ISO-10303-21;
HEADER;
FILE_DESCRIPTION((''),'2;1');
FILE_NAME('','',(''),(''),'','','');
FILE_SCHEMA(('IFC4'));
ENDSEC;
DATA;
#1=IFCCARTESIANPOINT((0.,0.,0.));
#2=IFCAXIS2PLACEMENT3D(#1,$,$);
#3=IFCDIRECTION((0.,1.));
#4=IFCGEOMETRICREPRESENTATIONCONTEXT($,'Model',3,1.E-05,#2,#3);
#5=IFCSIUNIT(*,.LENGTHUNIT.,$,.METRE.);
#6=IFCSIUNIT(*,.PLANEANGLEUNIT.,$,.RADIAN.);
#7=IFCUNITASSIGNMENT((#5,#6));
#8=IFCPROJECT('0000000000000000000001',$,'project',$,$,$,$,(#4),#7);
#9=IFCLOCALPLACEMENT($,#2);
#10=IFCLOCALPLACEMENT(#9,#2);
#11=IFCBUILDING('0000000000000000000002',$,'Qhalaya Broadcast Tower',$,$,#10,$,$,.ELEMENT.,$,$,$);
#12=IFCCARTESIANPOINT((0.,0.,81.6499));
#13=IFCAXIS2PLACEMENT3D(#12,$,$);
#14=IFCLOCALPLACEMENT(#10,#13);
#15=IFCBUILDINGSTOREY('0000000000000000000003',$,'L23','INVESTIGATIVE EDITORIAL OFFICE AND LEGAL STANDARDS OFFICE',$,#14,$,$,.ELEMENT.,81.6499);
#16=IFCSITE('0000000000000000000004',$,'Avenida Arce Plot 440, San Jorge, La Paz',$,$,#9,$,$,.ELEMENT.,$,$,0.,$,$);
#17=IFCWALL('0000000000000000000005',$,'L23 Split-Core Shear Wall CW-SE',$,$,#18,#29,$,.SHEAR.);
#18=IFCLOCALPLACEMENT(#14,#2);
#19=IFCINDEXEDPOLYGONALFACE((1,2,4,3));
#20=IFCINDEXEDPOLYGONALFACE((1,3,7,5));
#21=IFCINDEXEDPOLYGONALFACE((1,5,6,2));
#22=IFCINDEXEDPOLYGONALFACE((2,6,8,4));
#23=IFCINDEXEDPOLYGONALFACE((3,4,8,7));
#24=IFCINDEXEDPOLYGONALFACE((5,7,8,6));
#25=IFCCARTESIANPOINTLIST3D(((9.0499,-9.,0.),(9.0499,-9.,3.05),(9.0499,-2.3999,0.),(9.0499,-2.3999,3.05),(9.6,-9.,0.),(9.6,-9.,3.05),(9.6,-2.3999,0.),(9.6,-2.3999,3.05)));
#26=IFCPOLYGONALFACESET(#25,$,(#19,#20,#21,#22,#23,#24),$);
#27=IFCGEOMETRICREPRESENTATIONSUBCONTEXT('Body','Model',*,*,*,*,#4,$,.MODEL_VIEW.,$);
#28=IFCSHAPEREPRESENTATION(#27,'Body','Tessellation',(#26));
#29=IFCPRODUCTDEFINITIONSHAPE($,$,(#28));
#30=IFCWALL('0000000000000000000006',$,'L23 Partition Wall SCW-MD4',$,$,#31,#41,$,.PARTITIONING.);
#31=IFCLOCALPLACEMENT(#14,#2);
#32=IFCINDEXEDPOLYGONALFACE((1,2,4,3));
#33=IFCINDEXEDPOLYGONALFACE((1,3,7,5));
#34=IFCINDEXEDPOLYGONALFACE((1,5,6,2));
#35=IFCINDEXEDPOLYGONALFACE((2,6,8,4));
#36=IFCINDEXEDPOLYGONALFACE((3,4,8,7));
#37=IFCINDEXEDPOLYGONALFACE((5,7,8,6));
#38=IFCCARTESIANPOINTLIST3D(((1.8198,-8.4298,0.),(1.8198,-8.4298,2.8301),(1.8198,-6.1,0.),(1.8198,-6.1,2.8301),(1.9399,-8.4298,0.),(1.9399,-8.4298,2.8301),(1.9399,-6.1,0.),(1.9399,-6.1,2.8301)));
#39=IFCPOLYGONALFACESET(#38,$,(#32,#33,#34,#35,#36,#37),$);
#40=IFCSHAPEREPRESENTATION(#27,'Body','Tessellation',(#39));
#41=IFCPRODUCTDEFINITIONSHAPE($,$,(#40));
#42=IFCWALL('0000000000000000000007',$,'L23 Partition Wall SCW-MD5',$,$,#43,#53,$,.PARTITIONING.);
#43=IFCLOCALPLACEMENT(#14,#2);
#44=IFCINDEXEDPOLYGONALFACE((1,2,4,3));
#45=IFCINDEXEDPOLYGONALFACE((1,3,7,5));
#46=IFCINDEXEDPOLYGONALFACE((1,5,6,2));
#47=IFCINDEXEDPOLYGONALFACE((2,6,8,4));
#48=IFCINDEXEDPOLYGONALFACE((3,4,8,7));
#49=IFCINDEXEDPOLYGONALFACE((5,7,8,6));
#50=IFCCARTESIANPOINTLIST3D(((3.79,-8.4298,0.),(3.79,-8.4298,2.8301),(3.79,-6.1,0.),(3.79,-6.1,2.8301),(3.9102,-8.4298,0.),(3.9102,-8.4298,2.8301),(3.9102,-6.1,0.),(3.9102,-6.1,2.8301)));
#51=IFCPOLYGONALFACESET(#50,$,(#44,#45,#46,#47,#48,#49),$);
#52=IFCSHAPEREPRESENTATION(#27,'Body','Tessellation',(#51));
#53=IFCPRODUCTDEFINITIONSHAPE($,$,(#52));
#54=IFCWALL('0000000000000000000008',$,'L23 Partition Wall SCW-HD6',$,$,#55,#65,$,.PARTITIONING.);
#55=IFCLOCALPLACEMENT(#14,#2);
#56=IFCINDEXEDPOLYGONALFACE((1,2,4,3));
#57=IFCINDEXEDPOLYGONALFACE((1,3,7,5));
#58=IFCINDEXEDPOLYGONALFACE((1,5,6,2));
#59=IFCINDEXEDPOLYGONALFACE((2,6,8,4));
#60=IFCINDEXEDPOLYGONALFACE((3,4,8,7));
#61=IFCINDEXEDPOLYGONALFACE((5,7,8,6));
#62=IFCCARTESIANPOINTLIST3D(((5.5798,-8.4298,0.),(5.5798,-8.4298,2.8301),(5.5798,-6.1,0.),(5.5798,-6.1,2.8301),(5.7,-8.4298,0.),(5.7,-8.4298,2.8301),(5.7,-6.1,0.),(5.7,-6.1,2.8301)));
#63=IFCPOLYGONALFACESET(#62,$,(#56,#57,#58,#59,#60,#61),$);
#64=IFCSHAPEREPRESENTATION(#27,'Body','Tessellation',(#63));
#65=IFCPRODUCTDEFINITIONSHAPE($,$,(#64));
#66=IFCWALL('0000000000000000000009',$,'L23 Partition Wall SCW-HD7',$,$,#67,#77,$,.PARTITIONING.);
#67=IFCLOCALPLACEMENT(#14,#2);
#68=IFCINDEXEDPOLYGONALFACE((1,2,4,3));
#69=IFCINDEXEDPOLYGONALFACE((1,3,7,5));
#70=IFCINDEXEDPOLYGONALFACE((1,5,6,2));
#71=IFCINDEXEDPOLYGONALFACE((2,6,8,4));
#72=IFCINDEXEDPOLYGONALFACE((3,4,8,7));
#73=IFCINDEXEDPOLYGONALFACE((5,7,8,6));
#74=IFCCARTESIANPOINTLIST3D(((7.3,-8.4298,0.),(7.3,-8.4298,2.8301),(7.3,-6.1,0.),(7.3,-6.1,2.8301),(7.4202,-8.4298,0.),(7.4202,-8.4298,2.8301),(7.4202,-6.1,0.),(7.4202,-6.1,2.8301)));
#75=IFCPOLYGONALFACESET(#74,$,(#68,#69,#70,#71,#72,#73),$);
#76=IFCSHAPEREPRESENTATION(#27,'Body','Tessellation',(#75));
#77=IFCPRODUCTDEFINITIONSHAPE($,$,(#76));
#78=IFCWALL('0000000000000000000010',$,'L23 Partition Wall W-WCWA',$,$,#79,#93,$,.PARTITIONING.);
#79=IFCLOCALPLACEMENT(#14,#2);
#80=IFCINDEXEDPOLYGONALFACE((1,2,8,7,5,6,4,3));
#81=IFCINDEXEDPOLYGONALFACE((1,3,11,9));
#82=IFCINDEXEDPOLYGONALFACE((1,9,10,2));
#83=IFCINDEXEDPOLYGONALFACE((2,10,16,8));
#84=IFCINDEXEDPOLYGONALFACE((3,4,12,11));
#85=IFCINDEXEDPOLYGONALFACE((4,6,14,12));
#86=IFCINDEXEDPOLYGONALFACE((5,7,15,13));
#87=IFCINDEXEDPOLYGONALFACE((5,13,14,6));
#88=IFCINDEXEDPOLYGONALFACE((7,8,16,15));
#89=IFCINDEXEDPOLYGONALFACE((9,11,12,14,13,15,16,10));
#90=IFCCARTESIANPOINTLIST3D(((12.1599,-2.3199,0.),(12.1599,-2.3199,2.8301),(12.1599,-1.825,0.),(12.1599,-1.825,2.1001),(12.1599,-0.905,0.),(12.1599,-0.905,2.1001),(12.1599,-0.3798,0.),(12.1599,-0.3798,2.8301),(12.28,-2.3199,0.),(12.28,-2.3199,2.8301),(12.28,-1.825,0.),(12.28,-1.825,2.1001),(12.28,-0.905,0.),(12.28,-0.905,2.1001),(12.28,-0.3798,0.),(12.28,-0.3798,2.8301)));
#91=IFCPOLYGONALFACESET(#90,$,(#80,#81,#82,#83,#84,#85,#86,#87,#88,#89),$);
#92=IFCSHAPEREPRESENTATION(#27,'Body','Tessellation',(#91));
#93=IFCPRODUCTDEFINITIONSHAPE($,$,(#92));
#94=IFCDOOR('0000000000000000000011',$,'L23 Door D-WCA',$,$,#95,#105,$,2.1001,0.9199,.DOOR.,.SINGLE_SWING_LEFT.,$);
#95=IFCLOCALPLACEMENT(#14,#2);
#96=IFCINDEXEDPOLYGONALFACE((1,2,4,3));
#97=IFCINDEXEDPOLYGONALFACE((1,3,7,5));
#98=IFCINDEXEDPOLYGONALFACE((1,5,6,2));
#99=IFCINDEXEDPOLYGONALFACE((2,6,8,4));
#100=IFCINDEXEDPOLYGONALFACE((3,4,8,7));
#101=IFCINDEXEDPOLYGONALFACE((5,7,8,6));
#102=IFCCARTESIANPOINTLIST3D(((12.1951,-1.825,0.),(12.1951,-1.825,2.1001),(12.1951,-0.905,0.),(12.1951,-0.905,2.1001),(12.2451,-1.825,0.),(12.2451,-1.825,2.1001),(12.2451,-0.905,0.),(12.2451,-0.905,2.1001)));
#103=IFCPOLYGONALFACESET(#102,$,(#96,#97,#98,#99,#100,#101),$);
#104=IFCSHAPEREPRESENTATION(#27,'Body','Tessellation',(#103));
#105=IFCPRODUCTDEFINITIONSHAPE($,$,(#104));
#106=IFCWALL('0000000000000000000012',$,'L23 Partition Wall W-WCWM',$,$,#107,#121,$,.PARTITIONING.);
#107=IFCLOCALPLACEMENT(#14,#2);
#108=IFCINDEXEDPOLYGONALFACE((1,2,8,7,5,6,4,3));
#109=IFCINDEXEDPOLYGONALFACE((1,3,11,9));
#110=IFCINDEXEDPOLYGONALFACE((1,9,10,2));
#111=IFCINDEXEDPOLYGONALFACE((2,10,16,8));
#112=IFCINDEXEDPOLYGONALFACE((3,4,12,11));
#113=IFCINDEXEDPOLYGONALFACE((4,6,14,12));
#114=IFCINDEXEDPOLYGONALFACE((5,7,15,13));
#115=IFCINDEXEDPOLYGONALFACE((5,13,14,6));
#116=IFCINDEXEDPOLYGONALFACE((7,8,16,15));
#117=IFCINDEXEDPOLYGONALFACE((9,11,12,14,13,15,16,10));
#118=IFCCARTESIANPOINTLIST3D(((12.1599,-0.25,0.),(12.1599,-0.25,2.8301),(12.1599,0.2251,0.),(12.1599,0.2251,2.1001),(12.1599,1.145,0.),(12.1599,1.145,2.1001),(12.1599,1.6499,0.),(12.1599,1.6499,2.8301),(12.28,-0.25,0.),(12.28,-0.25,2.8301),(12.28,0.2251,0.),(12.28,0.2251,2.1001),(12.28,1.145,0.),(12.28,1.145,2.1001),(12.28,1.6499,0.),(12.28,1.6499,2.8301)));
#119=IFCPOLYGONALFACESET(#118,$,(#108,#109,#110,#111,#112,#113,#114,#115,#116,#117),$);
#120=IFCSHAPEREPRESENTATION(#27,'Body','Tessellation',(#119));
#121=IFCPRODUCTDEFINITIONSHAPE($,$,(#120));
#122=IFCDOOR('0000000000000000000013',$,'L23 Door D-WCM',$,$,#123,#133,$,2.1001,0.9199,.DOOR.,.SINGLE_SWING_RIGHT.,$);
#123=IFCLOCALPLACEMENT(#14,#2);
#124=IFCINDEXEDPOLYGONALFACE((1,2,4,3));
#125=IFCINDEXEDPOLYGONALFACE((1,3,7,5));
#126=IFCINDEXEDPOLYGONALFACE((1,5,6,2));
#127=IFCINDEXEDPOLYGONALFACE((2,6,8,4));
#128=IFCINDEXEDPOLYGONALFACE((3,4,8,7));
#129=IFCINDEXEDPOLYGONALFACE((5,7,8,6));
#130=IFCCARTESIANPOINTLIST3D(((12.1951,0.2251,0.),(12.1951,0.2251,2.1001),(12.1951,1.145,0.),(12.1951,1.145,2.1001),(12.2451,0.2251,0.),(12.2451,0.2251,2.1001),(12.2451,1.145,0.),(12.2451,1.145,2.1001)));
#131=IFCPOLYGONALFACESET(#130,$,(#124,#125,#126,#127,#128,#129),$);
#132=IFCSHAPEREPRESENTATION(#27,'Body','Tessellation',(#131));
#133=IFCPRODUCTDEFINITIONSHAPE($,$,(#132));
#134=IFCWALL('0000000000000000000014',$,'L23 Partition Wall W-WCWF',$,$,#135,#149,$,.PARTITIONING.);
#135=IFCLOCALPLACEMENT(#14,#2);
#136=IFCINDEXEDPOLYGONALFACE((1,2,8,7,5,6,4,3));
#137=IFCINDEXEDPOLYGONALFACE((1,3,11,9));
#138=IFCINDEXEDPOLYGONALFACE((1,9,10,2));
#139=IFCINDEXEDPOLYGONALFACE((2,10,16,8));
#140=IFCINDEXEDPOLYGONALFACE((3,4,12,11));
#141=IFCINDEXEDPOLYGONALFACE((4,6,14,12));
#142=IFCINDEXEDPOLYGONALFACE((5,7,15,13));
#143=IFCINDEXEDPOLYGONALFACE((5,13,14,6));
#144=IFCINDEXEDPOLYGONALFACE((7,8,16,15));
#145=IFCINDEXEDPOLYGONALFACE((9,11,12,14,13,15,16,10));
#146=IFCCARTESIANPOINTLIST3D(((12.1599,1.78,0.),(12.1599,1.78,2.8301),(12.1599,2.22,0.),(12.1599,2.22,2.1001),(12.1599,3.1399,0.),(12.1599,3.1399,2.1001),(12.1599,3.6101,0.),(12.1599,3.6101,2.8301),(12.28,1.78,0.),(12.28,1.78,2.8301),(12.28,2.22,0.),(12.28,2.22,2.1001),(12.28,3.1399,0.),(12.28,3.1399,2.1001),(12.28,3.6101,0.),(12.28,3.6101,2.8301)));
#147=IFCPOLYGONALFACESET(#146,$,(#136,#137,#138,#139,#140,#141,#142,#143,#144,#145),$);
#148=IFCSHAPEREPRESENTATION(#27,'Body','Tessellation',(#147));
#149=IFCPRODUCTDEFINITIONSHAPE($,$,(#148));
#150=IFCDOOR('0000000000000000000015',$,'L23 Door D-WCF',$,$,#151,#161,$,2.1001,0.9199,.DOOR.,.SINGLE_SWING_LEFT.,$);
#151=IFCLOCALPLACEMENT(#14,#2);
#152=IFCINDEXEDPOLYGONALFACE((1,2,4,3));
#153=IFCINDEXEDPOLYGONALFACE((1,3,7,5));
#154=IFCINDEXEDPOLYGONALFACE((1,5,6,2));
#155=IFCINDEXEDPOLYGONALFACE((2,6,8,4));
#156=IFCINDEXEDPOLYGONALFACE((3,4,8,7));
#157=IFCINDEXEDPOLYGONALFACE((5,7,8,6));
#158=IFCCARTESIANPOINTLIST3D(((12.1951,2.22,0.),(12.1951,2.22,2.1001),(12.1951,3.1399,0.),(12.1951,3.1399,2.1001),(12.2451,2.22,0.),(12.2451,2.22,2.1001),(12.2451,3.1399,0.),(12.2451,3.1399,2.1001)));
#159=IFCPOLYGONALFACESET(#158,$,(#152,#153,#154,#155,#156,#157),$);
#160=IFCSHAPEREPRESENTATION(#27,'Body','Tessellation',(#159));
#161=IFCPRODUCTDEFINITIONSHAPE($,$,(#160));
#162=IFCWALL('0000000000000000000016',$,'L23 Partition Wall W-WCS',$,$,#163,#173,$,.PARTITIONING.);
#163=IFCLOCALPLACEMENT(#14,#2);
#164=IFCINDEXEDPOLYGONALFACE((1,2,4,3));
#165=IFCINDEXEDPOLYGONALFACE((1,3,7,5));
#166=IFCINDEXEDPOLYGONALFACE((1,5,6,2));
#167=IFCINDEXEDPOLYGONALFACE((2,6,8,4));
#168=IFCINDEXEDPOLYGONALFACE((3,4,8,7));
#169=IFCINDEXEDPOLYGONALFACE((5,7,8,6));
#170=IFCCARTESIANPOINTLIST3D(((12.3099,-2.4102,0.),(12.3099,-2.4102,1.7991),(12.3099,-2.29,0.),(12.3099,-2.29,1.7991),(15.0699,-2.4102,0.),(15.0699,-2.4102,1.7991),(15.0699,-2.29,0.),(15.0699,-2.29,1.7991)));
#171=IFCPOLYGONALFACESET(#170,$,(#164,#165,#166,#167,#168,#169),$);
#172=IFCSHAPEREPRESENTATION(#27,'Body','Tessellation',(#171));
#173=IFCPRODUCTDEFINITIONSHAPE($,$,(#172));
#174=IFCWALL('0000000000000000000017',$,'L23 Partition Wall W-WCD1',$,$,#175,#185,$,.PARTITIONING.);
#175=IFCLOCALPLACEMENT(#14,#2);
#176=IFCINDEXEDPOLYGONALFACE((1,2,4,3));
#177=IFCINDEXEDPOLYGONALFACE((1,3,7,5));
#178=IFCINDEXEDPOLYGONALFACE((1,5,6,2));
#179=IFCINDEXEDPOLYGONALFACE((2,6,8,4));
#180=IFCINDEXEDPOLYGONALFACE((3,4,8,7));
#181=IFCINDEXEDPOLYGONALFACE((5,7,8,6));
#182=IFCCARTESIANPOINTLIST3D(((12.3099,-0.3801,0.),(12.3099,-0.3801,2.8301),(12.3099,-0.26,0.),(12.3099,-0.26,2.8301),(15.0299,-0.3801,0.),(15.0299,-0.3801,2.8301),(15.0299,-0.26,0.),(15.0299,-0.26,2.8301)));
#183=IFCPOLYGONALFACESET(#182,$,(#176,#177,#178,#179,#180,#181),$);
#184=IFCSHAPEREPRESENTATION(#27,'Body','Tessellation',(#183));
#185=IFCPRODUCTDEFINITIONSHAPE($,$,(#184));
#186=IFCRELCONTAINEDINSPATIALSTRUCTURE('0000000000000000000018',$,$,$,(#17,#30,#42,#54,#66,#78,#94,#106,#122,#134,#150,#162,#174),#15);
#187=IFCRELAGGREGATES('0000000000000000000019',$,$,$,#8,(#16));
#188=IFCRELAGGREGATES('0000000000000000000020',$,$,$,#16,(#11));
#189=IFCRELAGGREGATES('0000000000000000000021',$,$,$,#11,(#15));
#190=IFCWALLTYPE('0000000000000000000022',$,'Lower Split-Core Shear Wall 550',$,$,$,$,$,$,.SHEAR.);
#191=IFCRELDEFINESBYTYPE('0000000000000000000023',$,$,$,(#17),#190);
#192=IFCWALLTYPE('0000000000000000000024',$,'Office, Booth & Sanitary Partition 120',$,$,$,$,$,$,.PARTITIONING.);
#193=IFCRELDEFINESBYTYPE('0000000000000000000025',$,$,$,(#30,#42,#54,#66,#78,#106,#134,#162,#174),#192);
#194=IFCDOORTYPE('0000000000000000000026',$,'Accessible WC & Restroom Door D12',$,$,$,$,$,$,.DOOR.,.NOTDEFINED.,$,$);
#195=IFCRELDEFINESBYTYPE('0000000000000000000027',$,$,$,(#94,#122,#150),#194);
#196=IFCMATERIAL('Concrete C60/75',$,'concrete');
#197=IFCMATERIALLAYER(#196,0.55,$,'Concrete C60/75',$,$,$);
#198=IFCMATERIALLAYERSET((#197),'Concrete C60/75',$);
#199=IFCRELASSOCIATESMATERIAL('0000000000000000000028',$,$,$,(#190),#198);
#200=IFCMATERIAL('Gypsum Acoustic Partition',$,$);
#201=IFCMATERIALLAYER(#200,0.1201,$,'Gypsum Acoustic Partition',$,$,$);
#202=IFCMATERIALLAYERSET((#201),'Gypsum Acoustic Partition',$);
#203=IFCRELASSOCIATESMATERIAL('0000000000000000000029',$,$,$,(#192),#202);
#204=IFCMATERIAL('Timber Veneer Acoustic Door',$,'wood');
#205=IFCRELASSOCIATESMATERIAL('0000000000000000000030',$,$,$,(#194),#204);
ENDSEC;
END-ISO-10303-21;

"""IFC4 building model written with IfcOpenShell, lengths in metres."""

from ifc_helpers import new_model, si_unit, direction, frame, frame_2d, origin, place, context, subcontext, project, spatial, rectangle, extrude, material, layer, layer_set, type_object, element, fill, save


model = new_model("IFC4")

# Units and contexts
model_context = context("Model", 3, precision=1e-05, world=origin(), true_north=direction((0.0, 1.0)))
body_context = subcontext(model_context, "Body", "Model", "MODEL_VIEW")
ifc_project = project(units=[si_unit("LENGTHUNIT", "METRE"), si_unit("PLANEANGLEUNIT", "RADIAN")], contexts=[model_context])

# Site, building, storey
site_placement = place(None, origin())
site = spatial("IfcSite", under=ifc_project, at=site_placement, Name="Avenida Arce Plot 440, San Jorge, La Paz", CompositionType="ELEMENT", RefElevation=0.0)
building_placement = place(site_placement, origin())
building = spatial("IfcBuilding", under=site, at=building_placement, Name="Qhalaya Broadcast Tower", CompositionType="ELEMENT")
storey_placement = place(building_placement, frame((0.0, 0.0, 81.6499)))
storey = spatial("IfcBuildingStorey", under=building, at=storey_placement, Name="L23", Description="INVESTIGATIVE EDITORIAL OFFICE AND LEGAL STANDARDS OFFICE", CompositionType="ELEMENT", Elevation=81.6499)

# Shared definitions
ifc_material_1 = material(Name="Gypsum Acoustic Partition")
ifc_material_2 = material(Name="Timber Veneer Acoustic Door", Category="wood")

# Walls
ifc_material_3 = material(Name="Concrete C60/75", Category="concrete")
ifc_layer_1 = layer(ifc_material_3, 0.55, Name="Concrete C60/75")
ifc_layer_set_1 = layer_set([ifc_layer_1], Name="Concrete C60/75")
wall_type_1 = type_object("IfcWallType", Name="Lower Split-Core Shear Wall 550", PredefinedType="SHEAR", material=ifc_layer_set_1)
wall_1_placement = place(storey_placement, frame((9.325, -9.0, 0.0), z_axis=(0.0, 0.0, 1.0), x_axis=(0.0, 1.0, 0.0)))
element("IfcWall", 1, at=wall_1_placement, inside=storey, type_object=wall_type_1, Name="L23 Split-Core Shear Wall CW-SE", PredefinedType="SHEAR", context=body_context, shape_type="SweptSolid", body=[
    extrude(rectangle(XDim=6.6001, YDim=0.55, at=frame_2d((3.3, 0.0))), origin(), (0.0, 0.0, 1.0), 3.05),
])
ifc_layer_2 = layer(ifc_material_1, 0.1201, Name="Gypsum Acoustic Partition")
ifc_layer_set_2 = layer_set([ifc_layer_2], Name="Gypsum Acoustic Partition")
wall_type_2 = type_object("IfcWallType", Name="Office, Booth & Sanitary Partition 120", PredefinedType="PARTITIONING", material=ifc_layer_set_2)
for number, where, z_axis, x_axis, name in (
    (2, (1.8799, -8.4299, 0.0), (0.0, 0.0, 1.0), (0.0, 1.0, 0.0), "L23 Partition Wall SCW-MD4"),
    (3, (3.8501, -8.4299, 0.0), (0.0, 0.0, 1.0), (0.0, 1.0, 0.0), "L23 Partition Wall SCW-MD5"),
    (4, (5.6399, -8.4299, 0.0), (0.0, 0.0, 1.0), (0.0, 1.0, 0.0), "L23 Partition Wall SCW-HD6"),
    (5, (7.3601, -8.4299, 0.0), (0.0, 0.0, 1.0), (0.0, 1.0, 0.0), "L23 Partition Wall SCW-HD7"),
):
    element("IfcWall", number, at=place(storey_placement, frame(where, z_axis=z_axis, x_axis=x_axis)), inside=storey, type_object=wall_type_2, Name=name, PredefinedType="PARTITIONING", context=body_context, shape_type="SweptSolid", body=[
        extrude(rectangle(XDim=2.3298, YDim=0.1201, at=frame_2d((1.165, 0.0))), origin(), (0.0, 0.0, 1.0), 2.8301),
    ])

# Walls, openings, doors
wall_2_placement = place(storey_placement, frame((12.22, -2.3201, 0.0), z_axis=(0.0, 0.0, 1.0), x_axis=(0.0, 1.0, 0.0)))
wall_2 = element("IfcWall", 6, at=wall_2_placement, inside=storey, type_object=wall_type_2, Name="L23 Partition Wall W-WCWA", PredefinedType="PARTITIONING", context=body_context, shape_type="SweptSolid", body=[
    extrude(rectangle(XDim=1.9402, YDim=0.1201, at=frame_2d((0.9702, 0.0))), origin(), (0.0, 0.0, 1.0), 2.8301),
])
opening_1_placement = place(wall_2_placement, frame((0.4951, 0.0, 0.0)))
opening_1 = element("IfcOpeningElement", 7, at=opening_1_placement, cuts=wall_2, PredefinedType="OPENING", context=body_context, shape_type="SweptSolid", body=[
    extrude(rectangle(XDim=0.9199, YDim=2.1001, at=frame_2d((0.46, 1.05))), frame((0.0, 0.072, 0.0), z_axis=(0.0, -1.0, 0.0), x_axis=(1.0, 0.0, 0.0)), (0.0, 0.0, 1.0), 0.144),
])
door_type_1 = type_object("IfcDoorType", Name="Accessible WC & Restroom Door D12", OperationType="NOTDEFINED", PredefinedType="DOOR", material=ifc_material_2)
door_1_placement = place(opening_1_placement, origin())
door_1 = element("IfcDoor", 8, at=door_1_placement, inside=storey, type_object=door_type_1, Name="L23 Door D-WCA", OperationType="SINGLE_SWING_LEFT", OverallHeight=2.1001, OverallWidth=0.9199, PredefinedType="DOOR", context=body_context, shape_type="SweptSolid", body=[
    extrude(rectangle(XDim=0.9199, YDim=2.1001, at=frame_2d((0.46, 1.05))), frame((0.0, 0.0249, 0.0), z_axis=(0.0, -1.0, 0.0), x_axis=(1.0, 0.0, 0.0)), (0.0, 0.0, 1.0), 0.05),
])
fill(opening_1, door_1)
wall_3_placement = place(storey_placement, frame((12.22, -0.25, 0.0), z_axis=(0.0, 0.0, 1.0), x_axis=(0.0, 1.0, 0.0)))
wall_3 = element("IfcWall", 9, at=wall_3_placement, inside=storey, type_object=wall_type_2, Name="L23 Partition Wall W-WCWM", PredefinedType="PARTITIONING", context=body_context, shape_type="SweptSolid", body=[
    extrude(rectangle(XDim=1.8999, YDim=0.1201, at=frame_2d((0.95, 0.0))), origin(), (0.0, 0.0, 1.0), 2.8301),
])
opening_2_placement = place(wall_3_placement, frame((0.4751, 0.0, 0.0)))
opening_2 = element("IfcOpeningElement", 10, at=opening_2_placement, cuts=wall_3, PredefinedType="OPENING", context=body_context, shape_type="SweptSolid", body=[
    extrude(rectangle(XDim=0.9199, YDim=2.1001, at=frame_2d((0.46, 1.05))), frame((0.0, 0.072, 0.0), z_axis=(0.0, -1.0, 0.0), x_axis=(1.0, 0.0, 0.0)), (0.0, 0.0, 1.0), 0.144),
])
door_2_placement = place(opening_2_placement, origin())
door_2 = element("IfcDoor", 11, at=door_2_placement, inside=storey, type_object=door_type_1, Name="L23 Door D-WCM", OperationType="SINGLE_SWING_RIGHT", OverallHeight=2.1001, OverallWidth=0.9199, PredefinedType="DOOR", context=body_context, shape_type="SweptSolid", body=[
    extrude(rectangle(XDim=0.9199, YDim=2.1001, at=frame_2d((0.46, 1.05))), frame((0.0, 0.0249, 0.0), z_axis=(0.0, -1.0, 0.0), x_axis=(1.0, 0.0, 0.0)), (0.0, 0.0, 1.0), 0.05),
])
fill(opening_2, door_2)
wall_4_placement = place(storey_placement, frame((12.22, 1.78, 0.0), z_axis=(0.0, 0.0, 1.0), x_axis=(0.0, 1.0, 0.0)))
wall_4 = element("IfcWall", 12, at=wall_4_placement, inside=storey, type_object=wall_type_2, Name="L23 Partition Wall W-WCWF", PredefinedType="PARTITIONING", context=body_context, shape_type="SweptSolid", body=[
    extrude(rectangle(XDim=1.8301, YDim=0.1201, at=frame_2d((0.915, 0.0))), origin(), (0.0, 0.0, 1.0), 2.8301),
])
opening_3_placement = place(wall_4_placement, frame((0.4399, 0.0, 0.0)))
opening_3 = element("IfcOpeningElement", 13, at=opening_3_placement, cuts=wall_4, PredefinedType="OPENING", context=body_context, shape_type="SweptSolid", body=[
    extrude(rectangle(XDim=0.9199, YDim=2.1001, at=frame_2d((0.46, 1.05))), frame((0.0, 0.072, 0.0), z_axis=(0.0, -1.0, 0.0), x_axis=(1.0, 0.0, 0.0)), (0.0, 0.0, 1.0), 0.144),
])
door_3_placement = place(opening_3_placement, origin())
door_3 = element("IfcDoor", 14, at=door_3_placement, inside=storey, type_object=door_type_1, Name="L23 Door D-WCF", OperationType="SINGLE_SWING_LEFT", OverallHeight=2.1001, OverallWidth=0.9199, PredefinedType="DOOR", context=body_context, shape_type="SweptSolid", body=[
    extrude(rectangle(XDim=0.9199, YDim=2.1001, at=frame_2d((0.46, 1.05))), frame((0.0, 0.0249, 0.0), z_axis=(0.0, -1.0, 0.0), x_axis=(1.0, 0.0, 0.0)), (0.0, 0.0, 1.0), 0.05),
])
fill(opening_3, door_3)

# Walls
wall_5_placement = place(storey_placement, frame((12.3101, -2.3501, 0.0), z_axis=(0.0, 0.0, 1.0), x_axis=(1.0, 0.0, 0.0)))
element("IfcWall", 15, at=wall_5_placement, inside=storey, type_object=wall_type_2, Name="L23 Partition Wall W-WCS", PredefinedType="PARTITIONING", context=body_context, shape_type="SweptSolid", body=[
    extrude(rectangle(XDim=2.76, YDim=0.1201, at=frame_2d((1.3799, 0.0))), origin(), (0.0, 0.0, 1.0), 1.7991),
])
for number, where, z_axis, x_axis, name in (
    (16, (12.3101, -0.3201, 0.0), (0.0, 0.0, 1.0), (1.0, 0.0, 0.0), "L23 Partition Wall W-WCD1"),
):
    element("IfcWall", number, at=place(storey_placement, frame(where, z_axis=z_axis, x_axis=x_axis)), inside=storey, type_object=wall_type_2, Name=name, PredefinedType="PARTITIONING", context=body_context, shape_type="SweptSolid", body=[
        extrude(rectangle(XDim=2.72, YDim=0.1201, at=frame_2d((1.3599, 0.0))), origin(), (0.0, 0.0, 1.0), 2.8301),
    ])

save(model, "model.ifc")
